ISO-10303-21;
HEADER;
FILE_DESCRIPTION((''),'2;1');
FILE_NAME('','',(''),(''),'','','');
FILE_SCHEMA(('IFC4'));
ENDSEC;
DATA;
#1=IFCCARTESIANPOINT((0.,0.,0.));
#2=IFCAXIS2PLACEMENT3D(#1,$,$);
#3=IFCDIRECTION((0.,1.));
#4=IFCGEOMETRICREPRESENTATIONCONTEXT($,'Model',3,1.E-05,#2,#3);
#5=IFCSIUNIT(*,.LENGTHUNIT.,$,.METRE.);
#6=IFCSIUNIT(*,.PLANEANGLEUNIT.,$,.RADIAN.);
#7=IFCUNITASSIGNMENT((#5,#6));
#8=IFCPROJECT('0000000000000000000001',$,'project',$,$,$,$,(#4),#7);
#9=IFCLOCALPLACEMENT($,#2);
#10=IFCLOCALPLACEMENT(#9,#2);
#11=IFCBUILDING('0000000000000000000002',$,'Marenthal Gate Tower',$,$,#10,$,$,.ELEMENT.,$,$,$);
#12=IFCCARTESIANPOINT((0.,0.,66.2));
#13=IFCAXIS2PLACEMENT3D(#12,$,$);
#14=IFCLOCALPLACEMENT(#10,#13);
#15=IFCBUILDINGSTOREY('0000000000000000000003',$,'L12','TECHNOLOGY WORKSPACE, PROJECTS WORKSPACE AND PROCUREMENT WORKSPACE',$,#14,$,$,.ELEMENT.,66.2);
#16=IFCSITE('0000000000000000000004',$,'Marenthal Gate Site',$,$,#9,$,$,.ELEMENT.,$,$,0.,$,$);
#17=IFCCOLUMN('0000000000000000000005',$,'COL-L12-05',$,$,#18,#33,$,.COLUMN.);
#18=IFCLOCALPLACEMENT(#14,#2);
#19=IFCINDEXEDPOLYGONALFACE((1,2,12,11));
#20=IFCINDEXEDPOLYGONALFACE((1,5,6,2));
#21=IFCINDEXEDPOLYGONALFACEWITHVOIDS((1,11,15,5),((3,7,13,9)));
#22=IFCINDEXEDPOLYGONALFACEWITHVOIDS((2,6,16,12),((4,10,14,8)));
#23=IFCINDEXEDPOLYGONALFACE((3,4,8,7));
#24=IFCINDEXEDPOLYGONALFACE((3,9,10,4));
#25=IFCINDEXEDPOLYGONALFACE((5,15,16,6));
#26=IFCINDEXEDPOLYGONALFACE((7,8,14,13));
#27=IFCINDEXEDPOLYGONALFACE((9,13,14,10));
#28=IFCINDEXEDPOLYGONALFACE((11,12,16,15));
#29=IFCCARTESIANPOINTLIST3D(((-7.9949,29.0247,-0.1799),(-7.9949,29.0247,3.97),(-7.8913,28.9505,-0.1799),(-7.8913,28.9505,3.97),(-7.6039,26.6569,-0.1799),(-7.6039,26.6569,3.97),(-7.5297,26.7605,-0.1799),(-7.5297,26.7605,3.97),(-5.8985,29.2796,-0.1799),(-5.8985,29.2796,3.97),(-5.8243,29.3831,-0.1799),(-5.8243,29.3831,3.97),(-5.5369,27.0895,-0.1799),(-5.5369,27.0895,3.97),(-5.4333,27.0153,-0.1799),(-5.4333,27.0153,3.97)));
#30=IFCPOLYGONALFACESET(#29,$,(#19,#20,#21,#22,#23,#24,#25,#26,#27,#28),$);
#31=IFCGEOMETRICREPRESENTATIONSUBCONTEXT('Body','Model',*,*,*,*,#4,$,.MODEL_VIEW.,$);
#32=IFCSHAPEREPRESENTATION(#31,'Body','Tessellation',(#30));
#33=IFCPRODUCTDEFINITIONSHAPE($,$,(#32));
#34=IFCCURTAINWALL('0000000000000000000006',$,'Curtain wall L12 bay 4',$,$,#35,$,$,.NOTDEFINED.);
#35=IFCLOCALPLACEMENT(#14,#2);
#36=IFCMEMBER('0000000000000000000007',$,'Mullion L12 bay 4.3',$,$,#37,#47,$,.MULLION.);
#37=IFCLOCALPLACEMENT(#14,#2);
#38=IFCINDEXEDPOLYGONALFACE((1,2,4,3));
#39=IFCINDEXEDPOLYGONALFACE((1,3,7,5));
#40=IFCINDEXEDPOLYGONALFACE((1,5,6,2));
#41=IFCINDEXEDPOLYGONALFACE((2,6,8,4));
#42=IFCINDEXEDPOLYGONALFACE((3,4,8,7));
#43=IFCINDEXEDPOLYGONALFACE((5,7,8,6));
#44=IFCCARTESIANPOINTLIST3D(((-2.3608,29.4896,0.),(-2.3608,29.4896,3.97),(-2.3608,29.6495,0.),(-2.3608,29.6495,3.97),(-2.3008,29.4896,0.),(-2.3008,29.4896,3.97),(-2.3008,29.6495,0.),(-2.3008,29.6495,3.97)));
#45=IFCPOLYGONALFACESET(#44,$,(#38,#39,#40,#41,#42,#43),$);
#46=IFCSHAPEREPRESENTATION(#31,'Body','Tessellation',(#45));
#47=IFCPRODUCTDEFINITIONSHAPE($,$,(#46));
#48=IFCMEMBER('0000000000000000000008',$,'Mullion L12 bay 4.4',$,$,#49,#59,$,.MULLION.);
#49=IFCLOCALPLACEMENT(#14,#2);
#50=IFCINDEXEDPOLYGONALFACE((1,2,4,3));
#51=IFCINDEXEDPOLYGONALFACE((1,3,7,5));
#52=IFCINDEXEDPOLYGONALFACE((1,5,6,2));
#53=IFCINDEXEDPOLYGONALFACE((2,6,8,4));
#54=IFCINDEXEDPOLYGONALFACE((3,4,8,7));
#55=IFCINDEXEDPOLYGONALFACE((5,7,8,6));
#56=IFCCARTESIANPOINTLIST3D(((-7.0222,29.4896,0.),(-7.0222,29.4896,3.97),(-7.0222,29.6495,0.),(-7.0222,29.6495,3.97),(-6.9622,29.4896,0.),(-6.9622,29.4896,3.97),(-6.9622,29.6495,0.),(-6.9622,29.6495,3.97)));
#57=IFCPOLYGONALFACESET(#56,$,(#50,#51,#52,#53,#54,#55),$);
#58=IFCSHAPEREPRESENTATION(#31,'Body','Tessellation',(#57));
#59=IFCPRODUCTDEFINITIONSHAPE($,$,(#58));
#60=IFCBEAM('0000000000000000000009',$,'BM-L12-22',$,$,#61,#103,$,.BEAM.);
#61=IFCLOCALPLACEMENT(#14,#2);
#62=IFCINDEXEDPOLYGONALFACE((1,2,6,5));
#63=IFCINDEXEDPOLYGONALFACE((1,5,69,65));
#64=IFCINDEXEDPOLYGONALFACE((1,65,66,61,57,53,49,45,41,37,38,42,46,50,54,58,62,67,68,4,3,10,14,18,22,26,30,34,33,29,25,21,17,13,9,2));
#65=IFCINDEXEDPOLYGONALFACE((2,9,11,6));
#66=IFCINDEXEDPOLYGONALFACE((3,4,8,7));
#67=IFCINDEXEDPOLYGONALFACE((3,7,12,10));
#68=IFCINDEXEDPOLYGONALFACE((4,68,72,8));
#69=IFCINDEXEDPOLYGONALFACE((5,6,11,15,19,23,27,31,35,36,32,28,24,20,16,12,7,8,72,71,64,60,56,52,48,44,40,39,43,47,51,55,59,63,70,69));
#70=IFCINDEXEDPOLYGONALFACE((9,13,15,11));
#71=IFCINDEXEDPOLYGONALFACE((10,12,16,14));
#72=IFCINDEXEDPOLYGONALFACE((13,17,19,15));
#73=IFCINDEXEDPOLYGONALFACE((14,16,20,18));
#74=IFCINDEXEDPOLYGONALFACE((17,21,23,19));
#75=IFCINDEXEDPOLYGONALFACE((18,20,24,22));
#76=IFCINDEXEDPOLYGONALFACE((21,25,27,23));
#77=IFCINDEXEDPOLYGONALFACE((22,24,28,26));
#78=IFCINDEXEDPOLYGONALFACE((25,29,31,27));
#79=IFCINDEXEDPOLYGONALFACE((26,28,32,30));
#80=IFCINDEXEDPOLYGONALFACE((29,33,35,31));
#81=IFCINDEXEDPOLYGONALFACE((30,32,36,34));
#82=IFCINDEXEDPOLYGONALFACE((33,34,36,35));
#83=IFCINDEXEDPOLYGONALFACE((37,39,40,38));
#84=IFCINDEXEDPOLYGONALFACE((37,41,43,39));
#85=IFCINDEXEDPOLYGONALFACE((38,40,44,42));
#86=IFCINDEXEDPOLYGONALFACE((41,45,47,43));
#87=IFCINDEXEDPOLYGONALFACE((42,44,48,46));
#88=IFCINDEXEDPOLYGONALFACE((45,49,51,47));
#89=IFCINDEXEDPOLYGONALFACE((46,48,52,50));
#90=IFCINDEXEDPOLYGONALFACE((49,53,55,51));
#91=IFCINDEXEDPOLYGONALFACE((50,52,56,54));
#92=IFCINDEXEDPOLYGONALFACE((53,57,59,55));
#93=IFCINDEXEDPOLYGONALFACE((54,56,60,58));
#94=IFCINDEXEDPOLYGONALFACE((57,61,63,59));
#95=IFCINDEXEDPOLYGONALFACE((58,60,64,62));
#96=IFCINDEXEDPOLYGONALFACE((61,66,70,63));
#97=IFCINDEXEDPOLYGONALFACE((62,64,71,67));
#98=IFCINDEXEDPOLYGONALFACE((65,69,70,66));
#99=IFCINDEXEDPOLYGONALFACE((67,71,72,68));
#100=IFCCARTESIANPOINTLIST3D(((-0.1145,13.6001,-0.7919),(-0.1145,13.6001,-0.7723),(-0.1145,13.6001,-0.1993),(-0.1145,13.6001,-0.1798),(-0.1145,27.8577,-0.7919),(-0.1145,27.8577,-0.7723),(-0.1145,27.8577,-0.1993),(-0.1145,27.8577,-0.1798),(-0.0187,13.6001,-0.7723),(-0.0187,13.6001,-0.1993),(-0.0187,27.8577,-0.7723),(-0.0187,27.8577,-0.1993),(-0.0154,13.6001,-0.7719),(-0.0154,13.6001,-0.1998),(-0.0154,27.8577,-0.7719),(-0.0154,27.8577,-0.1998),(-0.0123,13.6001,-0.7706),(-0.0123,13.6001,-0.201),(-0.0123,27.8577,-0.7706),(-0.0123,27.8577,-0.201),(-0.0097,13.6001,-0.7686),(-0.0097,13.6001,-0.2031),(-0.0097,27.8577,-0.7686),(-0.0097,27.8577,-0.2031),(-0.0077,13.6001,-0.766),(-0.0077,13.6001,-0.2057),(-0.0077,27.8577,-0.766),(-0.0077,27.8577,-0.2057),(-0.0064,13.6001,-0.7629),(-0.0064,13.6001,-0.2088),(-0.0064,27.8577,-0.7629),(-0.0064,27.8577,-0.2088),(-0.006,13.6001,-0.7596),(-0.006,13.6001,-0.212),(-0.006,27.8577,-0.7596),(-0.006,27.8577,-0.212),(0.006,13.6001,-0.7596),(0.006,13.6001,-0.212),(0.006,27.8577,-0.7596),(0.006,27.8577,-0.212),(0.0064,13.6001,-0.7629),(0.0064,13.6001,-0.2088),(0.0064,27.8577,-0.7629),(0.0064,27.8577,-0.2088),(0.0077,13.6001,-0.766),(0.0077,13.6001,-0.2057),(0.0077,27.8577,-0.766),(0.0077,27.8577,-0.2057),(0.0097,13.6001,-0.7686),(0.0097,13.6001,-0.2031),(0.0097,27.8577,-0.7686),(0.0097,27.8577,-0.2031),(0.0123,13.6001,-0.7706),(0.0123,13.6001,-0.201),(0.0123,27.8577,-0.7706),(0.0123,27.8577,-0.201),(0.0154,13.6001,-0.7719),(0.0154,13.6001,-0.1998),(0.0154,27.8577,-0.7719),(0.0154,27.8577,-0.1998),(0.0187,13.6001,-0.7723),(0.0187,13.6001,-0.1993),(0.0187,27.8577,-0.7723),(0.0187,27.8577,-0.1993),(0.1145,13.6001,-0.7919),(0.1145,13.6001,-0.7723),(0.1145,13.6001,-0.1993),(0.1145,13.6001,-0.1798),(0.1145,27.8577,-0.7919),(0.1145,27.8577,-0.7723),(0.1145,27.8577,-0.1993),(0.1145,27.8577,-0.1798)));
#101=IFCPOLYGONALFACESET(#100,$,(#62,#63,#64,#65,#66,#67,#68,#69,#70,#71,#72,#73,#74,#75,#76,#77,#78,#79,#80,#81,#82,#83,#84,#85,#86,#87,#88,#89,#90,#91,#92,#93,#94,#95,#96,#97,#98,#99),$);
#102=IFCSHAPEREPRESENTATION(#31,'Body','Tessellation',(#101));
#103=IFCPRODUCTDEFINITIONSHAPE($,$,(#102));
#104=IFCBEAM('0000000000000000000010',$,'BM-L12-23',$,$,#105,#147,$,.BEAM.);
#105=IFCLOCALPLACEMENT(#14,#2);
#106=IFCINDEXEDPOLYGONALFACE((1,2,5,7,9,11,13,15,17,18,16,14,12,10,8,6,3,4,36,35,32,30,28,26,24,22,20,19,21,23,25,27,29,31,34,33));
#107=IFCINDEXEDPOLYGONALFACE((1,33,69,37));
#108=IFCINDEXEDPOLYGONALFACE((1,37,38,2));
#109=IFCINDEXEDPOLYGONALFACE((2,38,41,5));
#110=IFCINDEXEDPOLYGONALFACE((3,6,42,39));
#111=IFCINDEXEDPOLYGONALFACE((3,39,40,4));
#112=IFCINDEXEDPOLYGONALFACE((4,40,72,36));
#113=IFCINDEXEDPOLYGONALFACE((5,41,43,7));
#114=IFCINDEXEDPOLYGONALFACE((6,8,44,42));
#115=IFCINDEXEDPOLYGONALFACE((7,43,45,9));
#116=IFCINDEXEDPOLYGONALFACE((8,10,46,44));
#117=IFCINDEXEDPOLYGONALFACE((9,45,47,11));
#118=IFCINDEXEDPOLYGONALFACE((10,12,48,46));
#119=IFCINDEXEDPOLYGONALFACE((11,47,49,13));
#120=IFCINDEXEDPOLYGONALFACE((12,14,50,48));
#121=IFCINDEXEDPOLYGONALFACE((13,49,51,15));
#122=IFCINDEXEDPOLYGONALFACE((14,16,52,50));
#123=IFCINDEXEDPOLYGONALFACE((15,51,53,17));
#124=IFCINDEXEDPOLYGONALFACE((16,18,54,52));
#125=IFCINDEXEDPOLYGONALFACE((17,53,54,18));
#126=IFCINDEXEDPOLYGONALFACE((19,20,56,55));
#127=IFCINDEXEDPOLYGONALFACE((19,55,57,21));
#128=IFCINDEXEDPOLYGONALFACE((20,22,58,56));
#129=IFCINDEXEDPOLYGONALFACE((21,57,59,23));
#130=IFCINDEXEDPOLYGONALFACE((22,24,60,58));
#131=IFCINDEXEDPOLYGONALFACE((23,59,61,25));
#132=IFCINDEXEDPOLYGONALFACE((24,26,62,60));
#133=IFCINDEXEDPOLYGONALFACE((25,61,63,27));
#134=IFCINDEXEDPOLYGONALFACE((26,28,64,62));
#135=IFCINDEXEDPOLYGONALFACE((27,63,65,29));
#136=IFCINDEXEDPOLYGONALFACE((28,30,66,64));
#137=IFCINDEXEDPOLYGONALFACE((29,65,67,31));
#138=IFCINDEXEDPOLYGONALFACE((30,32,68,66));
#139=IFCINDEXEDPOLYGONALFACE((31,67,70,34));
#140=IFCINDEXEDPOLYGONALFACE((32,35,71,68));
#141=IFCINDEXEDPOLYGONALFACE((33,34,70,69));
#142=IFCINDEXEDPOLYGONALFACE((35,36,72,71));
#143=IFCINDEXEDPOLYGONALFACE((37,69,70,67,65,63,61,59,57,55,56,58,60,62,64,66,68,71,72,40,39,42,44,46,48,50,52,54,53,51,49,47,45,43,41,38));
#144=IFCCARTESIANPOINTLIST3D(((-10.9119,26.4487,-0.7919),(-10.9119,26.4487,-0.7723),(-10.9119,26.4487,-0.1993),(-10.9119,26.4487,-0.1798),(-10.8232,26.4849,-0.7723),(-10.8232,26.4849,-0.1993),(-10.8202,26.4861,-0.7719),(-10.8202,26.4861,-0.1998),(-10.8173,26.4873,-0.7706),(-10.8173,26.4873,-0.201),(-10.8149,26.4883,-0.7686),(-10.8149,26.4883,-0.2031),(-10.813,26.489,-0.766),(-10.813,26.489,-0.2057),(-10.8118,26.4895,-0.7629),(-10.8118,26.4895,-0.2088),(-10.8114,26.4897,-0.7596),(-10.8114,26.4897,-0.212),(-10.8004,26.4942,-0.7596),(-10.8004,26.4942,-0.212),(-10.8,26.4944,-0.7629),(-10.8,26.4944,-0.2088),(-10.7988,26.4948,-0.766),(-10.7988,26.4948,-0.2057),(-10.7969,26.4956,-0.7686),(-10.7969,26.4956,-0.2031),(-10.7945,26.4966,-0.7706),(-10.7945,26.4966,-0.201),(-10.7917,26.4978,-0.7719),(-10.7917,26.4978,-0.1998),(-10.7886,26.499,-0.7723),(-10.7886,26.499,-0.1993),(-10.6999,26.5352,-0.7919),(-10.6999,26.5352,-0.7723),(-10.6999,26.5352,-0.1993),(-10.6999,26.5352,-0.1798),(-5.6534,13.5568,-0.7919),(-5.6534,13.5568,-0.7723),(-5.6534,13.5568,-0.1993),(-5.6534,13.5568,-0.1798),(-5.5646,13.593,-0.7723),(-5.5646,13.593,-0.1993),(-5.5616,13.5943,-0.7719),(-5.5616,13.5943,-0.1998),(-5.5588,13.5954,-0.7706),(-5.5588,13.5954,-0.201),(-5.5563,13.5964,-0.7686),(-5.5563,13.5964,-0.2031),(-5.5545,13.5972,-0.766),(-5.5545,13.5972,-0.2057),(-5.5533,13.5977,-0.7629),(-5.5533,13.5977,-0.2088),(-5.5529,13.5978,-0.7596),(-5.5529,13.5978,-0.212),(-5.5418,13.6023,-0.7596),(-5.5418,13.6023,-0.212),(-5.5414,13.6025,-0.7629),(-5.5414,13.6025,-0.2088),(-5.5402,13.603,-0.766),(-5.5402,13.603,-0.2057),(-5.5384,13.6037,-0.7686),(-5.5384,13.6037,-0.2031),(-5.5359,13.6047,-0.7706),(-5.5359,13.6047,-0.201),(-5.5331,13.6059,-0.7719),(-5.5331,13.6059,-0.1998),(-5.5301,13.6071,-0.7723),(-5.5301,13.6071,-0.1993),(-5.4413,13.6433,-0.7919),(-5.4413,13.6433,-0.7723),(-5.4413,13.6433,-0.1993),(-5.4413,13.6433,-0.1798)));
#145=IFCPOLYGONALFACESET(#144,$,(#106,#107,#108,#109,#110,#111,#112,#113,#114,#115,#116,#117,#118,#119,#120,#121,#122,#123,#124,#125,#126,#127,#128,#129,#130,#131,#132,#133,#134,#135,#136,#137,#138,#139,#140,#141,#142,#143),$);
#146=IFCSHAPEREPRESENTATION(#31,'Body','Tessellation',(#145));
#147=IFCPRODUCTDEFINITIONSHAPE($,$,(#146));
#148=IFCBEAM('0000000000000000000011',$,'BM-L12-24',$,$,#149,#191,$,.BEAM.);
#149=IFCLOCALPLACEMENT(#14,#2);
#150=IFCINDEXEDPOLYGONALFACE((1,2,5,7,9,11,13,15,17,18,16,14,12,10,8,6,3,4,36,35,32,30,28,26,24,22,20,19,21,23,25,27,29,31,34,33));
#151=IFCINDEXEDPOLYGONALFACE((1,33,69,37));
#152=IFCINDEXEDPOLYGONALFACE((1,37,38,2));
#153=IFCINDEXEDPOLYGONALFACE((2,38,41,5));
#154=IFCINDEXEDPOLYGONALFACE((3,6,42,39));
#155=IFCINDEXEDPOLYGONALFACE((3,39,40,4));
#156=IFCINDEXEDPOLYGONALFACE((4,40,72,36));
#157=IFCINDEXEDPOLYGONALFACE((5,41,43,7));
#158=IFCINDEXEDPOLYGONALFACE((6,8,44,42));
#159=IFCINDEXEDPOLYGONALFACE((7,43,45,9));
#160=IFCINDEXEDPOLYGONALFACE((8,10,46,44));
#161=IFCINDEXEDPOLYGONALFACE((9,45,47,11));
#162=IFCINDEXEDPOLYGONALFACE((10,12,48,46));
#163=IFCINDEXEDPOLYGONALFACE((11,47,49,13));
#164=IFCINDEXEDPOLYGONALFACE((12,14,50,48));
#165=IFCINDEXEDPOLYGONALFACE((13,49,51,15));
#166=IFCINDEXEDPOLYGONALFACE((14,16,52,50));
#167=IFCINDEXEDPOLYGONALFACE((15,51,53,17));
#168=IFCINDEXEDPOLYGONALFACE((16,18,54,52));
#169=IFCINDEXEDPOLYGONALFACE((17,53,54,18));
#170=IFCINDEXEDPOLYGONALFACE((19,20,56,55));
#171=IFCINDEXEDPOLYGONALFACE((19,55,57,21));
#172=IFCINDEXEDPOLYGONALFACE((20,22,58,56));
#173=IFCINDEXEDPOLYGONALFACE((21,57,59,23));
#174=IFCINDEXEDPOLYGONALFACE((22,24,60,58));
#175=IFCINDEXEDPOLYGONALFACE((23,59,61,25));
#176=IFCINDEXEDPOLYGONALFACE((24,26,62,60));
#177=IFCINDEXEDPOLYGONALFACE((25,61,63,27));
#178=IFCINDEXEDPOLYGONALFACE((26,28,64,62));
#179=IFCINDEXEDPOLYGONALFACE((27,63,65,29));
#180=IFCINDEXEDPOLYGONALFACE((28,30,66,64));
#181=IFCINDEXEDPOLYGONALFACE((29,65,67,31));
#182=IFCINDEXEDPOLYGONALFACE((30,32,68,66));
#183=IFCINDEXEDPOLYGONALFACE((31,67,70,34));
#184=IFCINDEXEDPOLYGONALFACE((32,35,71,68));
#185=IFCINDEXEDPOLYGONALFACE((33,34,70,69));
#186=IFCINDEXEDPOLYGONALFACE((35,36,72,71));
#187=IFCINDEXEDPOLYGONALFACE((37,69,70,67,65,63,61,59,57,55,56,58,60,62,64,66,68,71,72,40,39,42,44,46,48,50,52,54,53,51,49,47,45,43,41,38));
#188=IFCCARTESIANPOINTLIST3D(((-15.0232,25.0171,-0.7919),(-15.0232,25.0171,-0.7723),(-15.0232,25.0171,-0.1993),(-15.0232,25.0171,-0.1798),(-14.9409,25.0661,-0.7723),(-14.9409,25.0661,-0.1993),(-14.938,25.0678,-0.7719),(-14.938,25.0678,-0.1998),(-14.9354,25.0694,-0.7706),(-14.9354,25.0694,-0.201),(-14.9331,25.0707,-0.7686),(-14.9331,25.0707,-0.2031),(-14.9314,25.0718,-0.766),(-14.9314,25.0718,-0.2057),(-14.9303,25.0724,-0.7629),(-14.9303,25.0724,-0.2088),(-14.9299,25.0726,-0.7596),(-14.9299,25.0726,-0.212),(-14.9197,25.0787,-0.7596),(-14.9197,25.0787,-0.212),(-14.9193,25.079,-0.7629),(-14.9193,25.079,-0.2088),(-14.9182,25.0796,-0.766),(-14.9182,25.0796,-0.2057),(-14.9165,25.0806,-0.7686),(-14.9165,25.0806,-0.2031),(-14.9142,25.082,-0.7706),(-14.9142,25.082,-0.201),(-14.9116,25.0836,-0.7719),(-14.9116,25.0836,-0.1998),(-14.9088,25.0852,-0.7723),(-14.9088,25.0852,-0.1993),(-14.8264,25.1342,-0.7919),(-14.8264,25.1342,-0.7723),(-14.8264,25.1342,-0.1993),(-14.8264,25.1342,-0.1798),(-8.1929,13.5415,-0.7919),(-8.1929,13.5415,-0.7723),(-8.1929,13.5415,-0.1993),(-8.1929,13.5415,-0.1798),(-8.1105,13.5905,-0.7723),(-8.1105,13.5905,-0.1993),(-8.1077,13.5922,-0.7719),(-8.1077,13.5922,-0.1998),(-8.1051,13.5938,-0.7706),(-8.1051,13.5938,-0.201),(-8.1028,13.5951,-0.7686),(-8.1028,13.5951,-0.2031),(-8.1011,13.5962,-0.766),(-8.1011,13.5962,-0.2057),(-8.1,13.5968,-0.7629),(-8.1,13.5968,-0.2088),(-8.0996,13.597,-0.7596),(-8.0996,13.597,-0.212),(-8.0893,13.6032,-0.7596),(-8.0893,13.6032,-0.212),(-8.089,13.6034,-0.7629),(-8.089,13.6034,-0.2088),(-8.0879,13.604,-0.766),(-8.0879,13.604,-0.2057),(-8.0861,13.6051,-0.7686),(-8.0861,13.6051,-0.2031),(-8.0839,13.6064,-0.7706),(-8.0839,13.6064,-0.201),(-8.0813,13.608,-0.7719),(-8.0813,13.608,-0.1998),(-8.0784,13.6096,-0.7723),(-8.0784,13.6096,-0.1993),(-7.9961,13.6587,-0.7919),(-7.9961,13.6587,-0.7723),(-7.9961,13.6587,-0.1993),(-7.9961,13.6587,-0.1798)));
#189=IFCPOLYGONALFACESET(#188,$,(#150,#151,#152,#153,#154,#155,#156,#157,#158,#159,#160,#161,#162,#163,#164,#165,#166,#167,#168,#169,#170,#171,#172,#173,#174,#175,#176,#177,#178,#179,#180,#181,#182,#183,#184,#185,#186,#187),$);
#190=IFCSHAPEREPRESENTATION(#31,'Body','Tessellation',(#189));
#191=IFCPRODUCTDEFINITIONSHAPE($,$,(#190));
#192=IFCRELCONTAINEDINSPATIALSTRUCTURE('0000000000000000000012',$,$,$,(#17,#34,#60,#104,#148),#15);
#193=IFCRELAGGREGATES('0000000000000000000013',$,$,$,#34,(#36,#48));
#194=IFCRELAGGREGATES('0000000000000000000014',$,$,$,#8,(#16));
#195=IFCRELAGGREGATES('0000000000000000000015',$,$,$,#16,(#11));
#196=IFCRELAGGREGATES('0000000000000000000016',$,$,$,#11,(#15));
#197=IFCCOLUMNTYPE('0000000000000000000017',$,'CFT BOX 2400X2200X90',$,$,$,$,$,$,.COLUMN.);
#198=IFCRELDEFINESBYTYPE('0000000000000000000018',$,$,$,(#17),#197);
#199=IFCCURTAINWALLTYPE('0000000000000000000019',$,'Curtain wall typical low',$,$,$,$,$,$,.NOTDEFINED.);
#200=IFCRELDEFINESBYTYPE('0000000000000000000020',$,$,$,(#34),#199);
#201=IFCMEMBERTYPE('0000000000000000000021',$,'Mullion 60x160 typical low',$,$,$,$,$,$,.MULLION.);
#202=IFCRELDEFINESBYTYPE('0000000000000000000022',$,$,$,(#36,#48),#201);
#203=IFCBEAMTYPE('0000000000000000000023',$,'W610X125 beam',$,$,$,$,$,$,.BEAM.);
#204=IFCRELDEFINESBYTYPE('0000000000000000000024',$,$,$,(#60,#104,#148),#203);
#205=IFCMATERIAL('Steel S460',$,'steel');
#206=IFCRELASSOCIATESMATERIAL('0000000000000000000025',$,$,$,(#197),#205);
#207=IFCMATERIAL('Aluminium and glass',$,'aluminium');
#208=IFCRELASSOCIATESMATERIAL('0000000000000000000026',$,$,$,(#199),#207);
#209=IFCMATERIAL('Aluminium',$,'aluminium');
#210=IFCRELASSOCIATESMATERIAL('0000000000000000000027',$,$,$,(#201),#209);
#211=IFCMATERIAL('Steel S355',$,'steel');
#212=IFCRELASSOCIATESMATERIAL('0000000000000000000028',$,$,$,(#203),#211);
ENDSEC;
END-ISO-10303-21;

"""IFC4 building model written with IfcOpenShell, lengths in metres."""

from ifc_helpers import new_model, si_unit, direction, frame, origin, origin_2d, place, context, subcontext, project, spatial, rectangle, hollow_rectangle, i_section, extrude, material, material_profile, profile_set, type_object, element, aggregate, save


model = new_model("IFC4")

# Units and contexts
model_context = context("Model", 3, precision=1e-05, world=origin(), true_north=direction((0.0, 1.0)))
body_context = subcontext(model_context, "Body", "Model", "MODEL_VIEW")
ifc_project = project(units=[si_unit("LENGTHUNIT", "METRE"), si_unit("PLANEANGLEUNIT", "RADIAN")], contexts=[model_context])

# Site, building, storey
site_placement = place(None, origin())
site = spatial("IfcSite", under=ifc_project, at=site_placement, Name="Marenthal Gate Site", CompositionType="ELEMENT", RefElevation=0.0)
building_placement = place(site_placement, origin())
building = spatial("IfcBuilding", under=site, at=building_placement, Name="Marenthal Gate Tower", CompositionType="ELEMENT")
storey_placement = place(building_placement, frame((0.0, 0.0, 66.2)))
storey = spatial("IfcBuildingStorey", under=building, at=storey_placement, Name="L12", Description="TECHNOLOGY WORKSPACE, PROJECTS WORKSPACE AND PROCUREMENT WORKSPACE", CompositionType="ELEMENT", Elevation=66.2)

# Column
ifc_material_1 = material(Name="Steel S460", Category="steel")
ifc_material_profile_1 = material_profile(ifc_material_1, hollow_rectangle(XDim=2.2, YDim=2.3999, WallThickness=0.0901, at=origin_2d()), Name="CFT BOX 2400X2200X90")
ifc_material_2 = material(Name="Concrete 70 MPa", Category="concrete")
ifc_material_profile_2 = material_profile(ifc_material_2, rectangle(XDim=2.02, YDim=2.22, at=origin_2d()), Name="CFT BOX 2400X2200X90 INFILL")
ifc_profile_set_1 = profile_set([ifc_material_profile_1, ifc_material_profile_2], Name="Steel S460 shell, Concrete 70 MPa infill")
column_type = type_object("IfcColumnType", Name="CFT BOX 2400X2200X90", PredefinedType="COLUMN", material=ifc_profile_set_1)
column_placement = place(storey_placement, frame((-6.7141, 28.02, -0.1799), z_axis=(0.0, 0.0, 1.0), x_axis=(0.98664, 0.162918, 0.0)))
element("IfcColumn", 1, at=column_placement, inside=storey, type_object=column_type, Name="COL-L12-05", PredefinedType="COLUMN", context=body_context, shape_type="SweptSolid", body=[
    extrude(hollow_rectangle(XDim=2.2, YDim=2.3999, WallThickness=0.0901, at=origin_2d()), origin(), (0.0, 0.0, 1.0), 4.1499),
])

# Curtain wall, members
ifc_material_3 = material(Name="Aluminium and glass", Category="aluminium")
curtain_wall_type = type_object("IfcCurtainWallType", Name="Curtain wall typical low", PredefinedType="NOTDEFINED", material=ifc_material_3)
curtain_wall_placement = place(storey_placement, origin())
curtain_wall = element("IfcCurtainWall", 2, at=curtain_wall_placement, inside=storey, type_object=curtain_wall_type, Name="Curtain wall L12 bay 4", PredefinedType="NOTDEFINED")
ifc_material_4 = material(Name="Aluminium", Category="aluminium")
ifc_material_profile_3 = material_profile(ifc_material_4, rectangle(XDim=0.1599, YDim=0.0601, at=origin_2d()), Name="60x160 aluminium mullion")
ifc_profile_set_2 = profile_set([ifc_material_profile_3], Name="Aluminium")
member_type = type_object("IfcMemberType", Name="Mullion 60x160 typical low", PredefinedType="MULLION", material=ifc_profile_set_2)
member_1_placement = place(storey_placement, frame((-2.3308, 29.5696, 0.0), z_axis=(0.0, 0.0, 1.0), x_axis=(0.0, -1.0, 0.0)))
member_1 = element("IfcMember", 3, at=member_1_placement, type_object=member_type, Name="Mullion L12 bay 4.3", PredefinedType="MULLION", context=body_context, shape_type="SweptSolid", body=[
    extrude(rectangle(XDim=0.1599, YDim=0.0601, at=origin_2d()), origin(), (0.0, 0.0, 1.0), 3.97),
])
member_2_placement = place(storey_placement, frame((-6.9922, 29.5696, 0.0), z_axis=(0.0, 0.0, 1.0), x_axis=(0.0, -1.0, 0.0)))
member_2 = element("IfcMember", 4, at=member_2_placement, type_object=member_type, Name="Mullion L12 bay 4.4", PredefinedType="MULLION", context=body_context, shape_type="SweptSolid", body=[
    extrude(rectangle(XDim=0.1599, YDim=0.0601, at=origin_2d()), origin(), (0.0, 0.0, 1.0), 3.97),
])

# Beams
ifc_material_5 = material(Name="Steel S355", Category="steel")
ifc_material_profile_4 = material_profile(ifc_material_5, i_section(OverallWidth=0.229, OverallDepth=0.6121, WebThickness=0.012, FlangeThickness=0.0195, FilletRadius=0.0127, at=origin_2d()), Name="W610X125")
ifc_profile_set_3 = profile_set([ifc_material_profile_4], Name="Steel S355")
beam_type_1 = type_object("IfcBeamType", Name="W610X125 beam", PredefinedType="BEAM", material=ifc_profile_set_3)
beam_1_placement = place(storey_placement, frame((0.0, 27.8577, -0.4858), z_axis=(0.0, -1.0, 0.0), x_axis=(1.0, 0.0, 0.0)))
element("IfcBeam", 5, at=beam_1_placement, inside=storey, type_object=beam_type_1, Name="BM-L12-22", PredefinedType="BEAM", context=body_context, shape_type="SweptSolid", body=[
    extrude(i_section(OverallWidth=0.229, OverallDepth=0.6121, WebThickness=0.012, FlangeThickness=0.0195, FilletRadius=0.0127, at=origin_2d()), origin(), (0.0, 0.0, 1.0), 14.2576),
])
beam_2_placement = place(storey_placement, frame((-10.8059, 26.4919, -0.4858), z_axis=(0.377686, -0.925934, 0.0), x_axis=(0.925934, 0.377686, 0.0)))
element("IfcBeam", 6, at=beam_2_placement, inside=storey, type_object=beam_type_1, Name="BM-L12-23", PredefinedType="BEAM", context=body_context, shape_type="SweptSolid", body=[
    extrude(i_section(OverallWidth=0.229, OverallDepth=0.6121, WebThickness=0.012, FlangeThickness=0.0195, FilletRadius=0.0127, at=origin_2d()), origin(), (0.0, 0.0, 1.0), 13.9231),
])
beam_3_placement = place(storey_placement, frame((-14.9248, 25.0757, -0.4858), z_axis=(0.511463, -0.859306, 0.0), x_axis=(0.859306, 0.511463, 0.0)))
element("IfcBeam", 7, at=beam_3_placement, inside=storey, type_object=beam_type_1, Name="BM-L12-24", PredefinedType="BEAM", context=body_context, shape_type="SweptSolid", body=[
    extrude(i_section(OverallWidth=0.229, OverallDepth=0.6121, WebThickness=0.012, FlangeThickness=0.0195, FilletRadius=0.0127, at=origin_2d()), origin(), (0.0, 0.0, 1.0), 13.3545),
])

aggregate(curtain_wall, [member_1, member_2])

save(model, "model.ifc")
